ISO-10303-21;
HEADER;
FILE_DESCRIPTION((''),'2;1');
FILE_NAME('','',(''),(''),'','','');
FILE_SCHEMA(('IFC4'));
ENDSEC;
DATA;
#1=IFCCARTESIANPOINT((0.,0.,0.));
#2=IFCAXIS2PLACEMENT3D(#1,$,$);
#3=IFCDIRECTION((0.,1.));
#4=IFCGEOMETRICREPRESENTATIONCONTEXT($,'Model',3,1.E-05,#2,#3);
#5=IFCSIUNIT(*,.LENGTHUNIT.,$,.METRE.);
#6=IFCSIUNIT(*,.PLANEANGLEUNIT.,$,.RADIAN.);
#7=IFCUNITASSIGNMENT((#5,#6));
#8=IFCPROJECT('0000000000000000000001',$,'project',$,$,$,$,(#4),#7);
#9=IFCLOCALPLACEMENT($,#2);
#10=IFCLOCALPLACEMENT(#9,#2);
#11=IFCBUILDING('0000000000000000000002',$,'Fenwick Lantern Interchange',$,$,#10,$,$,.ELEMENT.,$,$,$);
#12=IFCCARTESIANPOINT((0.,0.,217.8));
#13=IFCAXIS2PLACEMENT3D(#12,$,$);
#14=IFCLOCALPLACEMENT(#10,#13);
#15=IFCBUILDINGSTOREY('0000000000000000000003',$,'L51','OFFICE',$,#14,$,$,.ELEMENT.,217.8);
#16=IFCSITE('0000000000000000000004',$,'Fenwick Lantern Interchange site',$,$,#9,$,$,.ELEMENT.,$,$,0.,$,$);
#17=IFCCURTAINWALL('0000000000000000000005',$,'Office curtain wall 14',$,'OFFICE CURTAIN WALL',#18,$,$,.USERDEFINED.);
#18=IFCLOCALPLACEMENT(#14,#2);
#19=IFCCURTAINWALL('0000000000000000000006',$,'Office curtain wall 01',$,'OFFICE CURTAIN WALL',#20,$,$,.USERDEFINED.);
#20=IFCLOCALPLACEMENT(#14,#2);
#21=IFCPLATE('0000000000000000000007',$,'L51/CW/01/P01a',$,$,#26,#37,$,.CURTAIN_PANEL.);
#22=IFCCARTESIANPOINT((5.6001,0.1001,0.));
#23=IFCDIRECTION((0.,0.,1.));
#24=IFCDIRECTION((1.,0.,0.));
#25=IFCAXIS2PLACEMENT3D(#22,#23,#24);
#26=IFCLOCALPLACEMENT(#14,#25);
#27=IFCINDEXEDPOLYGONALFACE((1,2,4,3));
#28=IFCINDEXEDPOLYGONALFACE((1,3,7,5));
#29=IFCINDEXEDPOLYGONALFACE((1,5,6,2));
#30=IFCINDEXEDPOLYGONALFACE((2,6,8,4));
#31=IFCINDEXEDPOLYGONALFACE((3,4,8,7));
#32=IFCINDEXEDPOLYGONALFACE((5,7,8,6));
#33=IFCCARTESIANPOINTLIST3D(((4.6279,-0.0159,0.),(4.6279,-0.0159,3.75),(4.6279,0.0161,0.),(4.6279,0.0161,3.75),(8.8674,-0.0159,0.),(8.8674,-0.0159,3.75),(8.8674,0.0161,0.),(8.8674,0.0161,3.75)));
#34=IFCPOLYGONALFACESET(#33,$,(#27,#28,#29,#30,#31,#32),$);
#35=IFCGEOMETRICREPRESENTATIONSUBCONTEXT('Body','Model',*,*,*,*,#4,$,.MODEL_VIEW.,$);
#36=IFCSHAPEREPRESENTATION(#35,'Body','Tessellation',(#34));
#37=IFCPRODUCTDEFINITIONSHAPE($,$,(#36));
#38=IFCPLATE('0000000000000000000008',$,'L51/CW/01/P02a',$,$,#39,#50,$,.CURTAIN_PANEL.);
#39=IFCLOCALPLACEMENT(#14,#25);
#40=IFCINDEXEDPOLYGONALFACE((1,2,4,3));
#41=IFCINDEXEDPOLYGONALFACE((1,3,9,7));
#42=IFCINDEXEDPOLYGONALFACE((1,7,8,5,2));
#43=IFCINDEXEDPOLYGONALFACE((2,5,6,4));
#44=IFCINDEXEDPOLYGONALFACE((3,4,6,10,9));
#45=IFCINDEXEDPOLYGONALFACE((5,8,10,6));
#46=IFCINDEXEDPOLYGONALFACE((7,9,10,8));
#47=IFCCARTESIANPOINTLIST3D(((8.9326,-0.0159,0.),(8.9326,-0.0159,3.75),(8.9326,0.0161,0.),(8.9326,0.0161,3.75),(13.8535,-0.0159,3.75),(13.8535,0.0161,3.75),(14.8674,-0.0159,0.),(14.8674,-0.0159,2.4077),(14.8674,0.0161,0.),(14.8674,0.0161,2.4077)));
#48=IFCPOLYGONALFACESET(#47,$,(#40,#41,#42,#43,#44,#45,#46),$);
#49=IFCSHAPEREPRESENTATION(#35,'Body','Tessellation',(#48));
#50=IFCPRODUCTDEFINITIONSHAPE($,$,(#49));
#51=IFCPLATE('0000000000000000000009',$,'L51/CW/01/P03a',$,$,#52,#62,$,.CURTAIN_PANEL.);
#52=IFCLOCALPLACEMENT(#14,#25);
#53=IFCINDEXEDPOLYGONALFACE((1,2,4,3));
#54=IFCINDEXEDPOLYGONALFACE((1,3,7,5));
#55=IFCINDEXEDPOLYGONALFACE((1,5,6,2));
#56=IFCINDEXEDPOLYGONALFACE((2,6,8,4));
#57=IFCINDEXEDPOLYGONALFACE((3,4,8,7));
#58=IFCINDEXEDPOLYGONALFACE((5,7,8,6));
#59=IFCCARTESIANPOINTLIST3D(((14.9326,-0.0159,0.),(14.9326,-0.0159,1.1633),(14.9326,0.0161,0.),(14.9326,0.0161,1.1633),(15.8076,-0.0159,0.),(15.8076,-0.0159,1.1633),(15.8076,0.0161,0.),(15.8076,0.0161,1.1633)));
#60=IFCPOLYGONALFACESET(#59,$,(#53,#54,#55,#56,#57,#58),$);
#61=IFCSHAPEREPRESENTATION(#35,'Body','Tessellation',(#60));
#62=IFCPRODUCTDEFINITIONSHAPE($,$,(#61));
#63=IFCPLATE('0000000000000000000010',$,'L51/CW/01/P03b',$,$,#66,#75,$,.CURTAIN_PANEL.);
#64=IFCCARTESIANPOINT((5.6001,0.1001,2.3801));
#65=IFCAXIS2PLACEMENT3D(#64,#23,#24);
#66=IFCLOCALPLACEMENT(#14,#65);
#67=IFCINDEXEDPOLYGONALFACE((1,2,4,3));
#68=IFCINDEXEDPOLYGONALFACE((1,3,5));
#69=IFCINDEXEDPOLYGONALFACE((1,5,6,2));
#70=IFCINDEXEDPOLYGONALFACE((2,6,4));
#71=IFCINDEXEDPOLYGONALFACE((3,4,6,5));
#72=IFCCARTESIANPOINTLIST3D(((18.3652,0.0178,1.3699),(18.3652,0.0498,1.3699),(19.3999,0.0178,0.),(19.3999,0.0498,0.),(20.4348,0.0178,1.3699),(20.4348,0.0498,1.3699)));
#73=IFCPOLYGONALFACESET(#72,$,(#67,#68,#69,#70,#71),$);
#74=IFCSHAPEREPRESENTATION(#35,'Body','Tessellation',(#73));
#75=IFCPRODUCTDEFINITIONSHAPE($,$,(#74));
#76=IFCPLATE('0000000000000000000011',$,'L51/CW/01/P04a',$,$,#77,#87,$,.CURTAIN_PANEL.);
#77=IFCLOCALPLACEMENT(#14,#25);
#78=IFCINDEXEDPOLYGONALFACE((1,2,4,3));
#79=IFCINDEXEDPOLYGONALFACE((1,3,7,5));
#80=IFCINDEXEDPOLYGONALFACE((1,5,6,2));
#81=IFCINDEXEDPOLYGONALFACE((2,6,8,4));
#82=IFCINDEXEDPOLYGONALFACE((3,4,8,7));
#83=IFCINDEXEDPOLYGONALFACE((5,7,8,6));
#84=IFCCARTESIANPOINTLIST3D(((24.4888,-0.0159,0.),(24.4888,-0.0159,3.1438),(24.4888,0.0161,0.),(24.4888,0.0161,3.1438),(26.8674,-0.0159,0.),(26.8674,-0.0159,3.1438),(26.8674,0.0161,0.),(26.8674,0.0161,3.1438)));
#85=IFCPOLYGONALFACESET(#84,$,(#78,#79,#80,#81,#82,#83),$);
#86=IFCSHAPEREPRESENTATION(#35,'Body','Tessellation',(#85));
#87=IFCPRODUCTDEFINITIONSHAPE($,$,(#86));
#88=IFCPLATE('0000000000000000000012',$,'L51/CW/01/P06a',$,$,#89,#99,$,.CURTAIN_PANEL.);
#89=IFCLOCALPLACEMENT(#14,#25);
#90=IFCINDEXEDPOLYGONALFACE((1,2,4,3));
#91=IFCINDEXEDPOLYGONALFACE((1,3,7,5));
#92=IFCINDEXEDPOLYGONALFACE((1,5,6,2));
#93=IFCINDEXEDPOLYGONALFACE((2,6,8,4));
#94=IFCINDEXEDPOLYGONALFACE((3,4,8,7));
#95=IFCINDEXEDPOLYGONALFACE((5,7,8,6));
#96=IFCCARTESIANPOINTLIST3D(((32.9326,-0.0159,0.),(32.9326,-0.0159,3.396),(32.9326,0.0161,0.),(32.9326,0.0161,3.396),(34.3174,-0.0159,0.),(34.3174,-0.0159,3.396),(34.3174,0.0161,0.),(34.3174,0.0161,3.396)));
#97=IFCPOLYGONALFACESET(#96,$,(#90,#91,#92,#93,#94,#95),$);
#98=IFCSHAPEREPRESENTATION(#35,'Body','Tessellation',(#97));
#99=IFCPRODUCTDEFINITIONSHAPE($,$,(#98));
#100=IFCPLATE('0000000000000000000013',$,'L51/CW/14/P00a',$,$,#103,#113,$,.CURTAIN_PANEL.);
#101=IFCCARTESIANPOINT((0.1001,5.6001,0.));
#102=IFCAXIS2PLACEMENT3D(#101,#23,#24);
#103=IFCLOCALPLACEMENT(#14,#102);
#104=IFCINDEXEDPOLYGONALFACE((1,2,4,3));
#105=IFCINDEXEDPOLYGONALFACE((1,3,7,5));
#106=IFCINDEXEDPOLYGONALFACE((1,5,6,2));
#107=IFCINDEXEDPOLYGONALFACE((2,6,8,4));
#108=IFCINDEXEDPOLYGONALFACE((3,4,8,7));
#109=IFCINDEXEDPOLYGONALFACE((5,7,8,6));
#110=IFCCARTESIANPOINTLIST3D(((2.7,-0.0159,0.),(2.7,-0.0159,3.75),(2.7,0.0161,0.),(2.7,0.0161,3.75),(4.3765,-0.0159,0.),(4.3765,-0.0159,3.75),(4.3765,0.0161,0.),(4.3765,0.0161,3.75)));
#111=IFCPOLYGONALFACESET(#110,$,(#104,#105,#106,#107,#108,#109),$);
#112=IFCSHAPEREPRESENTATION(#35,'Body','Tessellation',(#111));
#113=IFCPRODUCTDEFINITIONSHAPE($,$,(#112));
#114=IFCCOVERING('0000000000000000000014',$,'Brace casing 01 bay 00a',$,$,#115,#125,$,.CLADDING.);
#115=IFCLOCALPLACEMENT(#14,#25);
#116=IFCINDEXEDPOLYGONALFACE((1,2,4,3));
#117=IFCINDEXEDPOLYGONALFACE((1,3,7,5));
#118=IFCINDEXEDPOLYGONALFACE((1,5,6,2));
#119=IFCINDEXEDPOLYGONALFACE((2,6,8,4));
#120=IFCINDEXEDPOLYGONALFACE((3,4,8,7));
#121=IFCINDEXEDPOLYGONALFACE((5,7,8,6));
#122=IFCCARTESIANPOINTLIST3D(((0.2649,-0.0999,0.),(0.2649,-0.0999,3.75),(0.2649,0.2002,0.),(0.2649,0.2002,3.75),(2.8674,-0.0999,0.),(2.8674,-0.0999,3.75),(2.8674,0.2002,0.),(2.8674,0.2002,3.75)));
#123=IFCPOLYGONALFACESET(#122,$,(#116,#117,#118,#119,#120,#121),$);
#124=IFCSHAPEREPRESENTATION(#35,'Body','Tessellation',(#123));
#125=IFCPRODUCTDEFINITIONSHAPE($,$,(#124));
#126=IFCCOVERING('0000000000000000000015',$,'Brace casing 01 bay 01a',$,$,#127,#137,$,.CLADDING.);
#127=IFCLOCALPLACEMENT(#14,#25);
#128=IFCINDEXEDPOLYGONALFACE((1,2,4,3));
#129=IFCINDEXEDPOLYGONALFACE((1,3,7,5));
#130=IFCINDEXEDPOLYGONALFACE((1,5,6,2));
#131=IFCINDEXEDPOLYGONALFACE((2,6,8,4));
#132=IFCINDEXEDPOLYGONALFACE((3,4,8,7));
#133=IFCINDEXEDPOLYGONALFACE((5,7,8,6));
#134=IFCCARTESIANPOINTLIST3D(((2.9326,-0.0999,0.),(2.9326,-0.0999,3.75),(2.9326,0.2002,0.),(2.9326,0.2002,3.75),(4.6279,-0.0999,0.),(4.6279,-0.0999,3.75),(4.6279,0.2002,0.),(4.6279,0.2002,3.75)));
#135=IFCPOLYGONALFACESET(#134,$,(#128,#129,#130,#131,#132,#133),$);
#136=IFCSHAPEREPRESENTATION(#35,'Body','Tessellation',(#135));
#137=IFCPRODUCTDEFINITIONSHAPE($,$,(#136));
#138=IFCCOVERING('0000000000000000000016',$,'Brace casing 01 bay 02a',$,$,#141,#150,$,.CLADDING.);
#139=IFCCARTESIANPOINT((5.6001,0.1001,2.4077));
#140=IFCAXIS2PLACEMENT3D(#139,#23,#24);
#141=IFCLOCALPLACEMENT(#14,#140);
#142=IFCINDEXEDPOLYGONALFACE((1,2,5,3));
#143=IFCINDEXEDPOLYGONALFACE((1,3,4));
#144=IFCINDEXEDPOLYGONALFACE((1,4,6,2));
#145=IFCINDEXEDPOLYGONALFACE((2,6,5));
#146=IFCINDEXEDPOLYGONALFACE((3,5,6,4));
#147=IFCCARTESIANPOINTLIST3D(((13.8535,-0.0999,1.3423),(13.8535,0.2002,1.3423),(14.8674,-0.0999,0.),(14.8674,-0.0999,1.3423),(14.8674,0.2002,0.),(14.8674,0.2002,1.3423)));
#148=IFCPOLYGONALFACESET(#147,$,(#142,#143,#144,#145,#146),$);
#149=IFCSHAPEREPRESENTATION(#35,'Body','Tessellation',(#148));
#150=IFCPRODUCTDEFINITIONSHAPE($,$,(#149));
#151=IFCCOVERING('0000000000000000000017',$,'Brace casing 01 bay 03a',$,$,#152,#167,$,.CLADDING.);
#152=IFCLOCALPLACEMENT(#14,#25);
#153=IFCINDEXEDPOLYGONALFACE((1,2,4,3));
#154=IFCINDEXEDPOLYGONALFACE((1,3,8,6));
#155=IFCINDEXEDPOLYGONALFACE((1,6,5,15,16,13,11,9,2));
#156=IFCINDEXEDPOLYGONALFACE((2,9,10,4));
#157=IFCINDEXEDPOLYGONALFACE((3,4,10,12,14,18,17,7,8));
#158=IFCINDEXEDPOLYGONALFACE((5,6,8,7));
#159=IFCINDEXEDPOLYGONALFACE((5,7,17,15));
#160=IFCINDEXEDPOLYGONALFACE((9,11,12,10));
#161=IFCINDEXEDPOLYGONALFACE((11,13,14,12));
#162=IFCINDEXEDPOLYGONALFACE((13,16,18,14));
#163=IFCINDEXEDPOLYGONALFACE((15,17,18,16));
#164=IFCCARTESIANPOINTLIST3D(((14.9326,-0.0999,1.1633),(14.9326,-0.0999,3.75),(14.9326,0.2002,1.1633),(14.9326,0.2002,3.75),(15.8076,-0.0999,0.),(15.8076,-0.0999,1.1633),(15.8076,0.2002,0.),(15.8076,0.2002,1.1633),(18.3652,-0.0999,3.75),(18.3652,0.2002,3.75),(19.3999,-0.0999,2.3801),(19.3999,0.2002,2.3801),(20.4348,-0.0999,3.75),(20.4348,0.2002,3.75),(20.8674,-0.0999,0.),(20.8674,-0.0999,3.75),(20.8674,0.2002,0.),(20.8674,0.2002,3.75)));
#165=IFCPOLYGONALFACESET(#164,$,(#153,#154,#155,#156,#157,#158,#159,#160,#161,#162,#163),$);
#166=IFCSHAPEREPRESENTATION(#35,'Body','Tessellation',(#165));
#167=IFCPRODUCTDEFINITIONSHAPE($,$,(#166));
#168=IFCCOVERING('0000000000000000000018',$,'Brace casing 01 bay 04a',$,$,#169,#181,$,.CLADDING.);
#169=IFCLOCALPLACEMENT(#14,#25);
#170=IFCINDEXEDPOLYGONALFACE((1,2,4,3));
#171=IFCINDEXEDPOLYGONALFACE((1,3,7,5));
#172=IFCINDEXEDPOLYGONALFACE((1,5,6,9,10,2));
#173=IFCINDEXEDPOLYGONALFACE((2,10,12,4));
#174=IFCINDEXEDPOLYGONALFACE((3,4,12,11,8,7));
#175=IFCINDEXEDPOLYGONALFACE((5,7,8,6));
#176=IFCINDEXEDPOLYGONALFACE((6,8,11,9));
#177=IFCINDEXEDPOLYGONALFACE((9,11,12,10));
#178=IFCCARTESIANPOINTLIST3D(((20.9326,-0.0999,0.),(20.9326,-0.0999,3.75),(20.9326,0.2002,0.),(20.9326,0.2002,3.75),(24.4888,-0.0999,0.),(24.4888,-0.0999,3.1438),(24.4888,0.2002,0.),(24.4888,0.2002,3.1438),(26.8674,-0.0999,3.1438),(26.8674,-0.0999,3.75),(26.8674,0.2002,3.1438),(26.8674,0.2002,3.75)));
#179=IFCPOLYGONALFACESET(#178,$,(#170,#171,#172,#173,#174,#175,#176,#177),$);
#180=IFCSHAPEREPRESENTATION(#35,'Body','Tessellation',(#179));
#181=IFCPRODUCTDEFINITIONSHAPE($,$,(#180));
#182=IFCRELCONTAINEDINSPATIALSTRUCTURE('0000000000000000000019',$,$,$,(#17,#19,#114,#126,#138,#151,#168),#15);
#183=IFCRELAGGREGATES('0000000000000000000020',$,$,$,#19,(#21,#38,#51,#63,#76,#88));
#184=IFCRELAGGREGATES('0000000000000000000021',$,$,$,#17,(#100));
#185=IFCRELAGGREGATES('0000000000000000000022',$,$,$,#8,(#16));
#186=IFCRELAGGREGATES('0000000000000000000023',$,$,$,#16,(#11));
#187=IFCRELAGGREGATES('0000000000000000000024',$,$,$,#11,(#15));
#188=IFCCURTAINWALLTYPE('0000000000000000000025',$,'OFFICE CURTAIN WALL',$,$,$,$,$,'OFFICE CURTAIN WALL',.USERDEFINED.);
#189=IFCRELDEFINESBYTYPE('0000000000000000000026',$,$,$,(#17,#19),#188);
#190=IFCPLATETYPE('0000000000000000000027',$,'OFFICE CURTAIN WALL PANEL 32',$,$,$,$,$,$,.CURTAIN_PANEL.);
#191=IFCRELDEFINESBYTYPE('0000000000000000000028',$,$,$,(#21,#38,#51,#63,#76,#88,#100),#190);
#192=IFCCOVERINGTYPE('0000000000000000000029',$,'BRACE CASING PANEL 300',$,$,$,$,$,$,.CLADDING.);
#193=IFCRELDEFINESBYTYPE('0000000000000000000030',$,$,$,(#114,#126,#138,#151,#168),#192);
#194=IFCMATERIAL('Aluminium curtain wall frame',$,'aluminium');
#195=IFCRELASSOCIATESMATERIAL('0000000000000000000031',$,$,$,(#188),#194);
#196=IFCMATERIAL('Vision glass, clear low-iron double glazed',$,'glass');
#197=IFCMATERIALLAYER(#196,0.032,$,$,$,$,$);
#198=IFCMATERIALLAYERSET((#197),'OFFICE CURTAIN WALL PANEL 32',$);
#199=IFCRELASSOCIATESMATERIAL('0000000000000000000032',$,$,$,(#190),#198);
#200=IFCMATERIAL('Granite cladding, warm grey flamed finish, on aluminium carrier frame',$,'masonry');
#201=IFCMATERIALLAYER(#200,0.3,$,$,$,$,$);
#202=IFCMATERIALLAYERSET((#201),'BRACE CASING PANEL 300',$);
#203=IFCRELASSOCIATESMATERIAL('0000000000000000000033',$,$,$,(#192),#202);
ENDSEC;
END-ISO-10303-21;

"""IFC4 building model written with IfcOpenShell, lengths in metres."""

from ifc_helpers import new_model, si_unit, direction, frame, origin, place, context, subcontext, project, spatial, polyline, outline, extrude, material, layer, layer_set, type_object, element, aggregate, save


model = new_model("IFC4")

# Units and contexts
model_context = context("Model", 3, precision=1e-05, world=origin(), true_north=direction((0.0, 1.0)))
body_context = subcontext(model_context, "Body", "Model", "MODEL_VIEW")
ifc_project = project(units=[si_unit("LENGTHUNIT", "METRE"), si_unit("PLANEANGLEUNIT", "RADIAN")], contexts=[model_context])

# Site, building, storey
site_placement = place(None, origin())
site = spatial("IfcSite", under=ifc_project, at=site_placement, Name="Fenwick Lantern Interchange site", CompositionType="ELEMENT", RefElevation=0.0)
building_placement = place(site_placement, origin())
building = spatial("IfcBuilding", under=site, at=building_placement, Name="Fenwick Lantern Interchange", CompositionType="ELEMENT")
storey_placement = place(building_placement, frame((0.0, 0.0, 217.8)))
storey = spatial("IfcBuildingStorey", under=building, at=storey_placement, Name="L51", Description="OFFICE", CompositionType="ELEMENT", Elevation=217.8)

# Shared definitions
ifc_material_1 = material(Name="Aluminium curtain wall frame", Category="aluminium")
curtain_wall_type = type_object("IfcCurtainWallType", Name="OFFICE CURTAIN WALL", ElementType="OFFICE CURTAIN WALL", PredefinedType="USERDEFINED", material=ifc_material_1)

# Curtain wall
curtain_wall_1_placement = place(storey_placement, origin())
curtain_wall_1 = element("IfcCurtainWall", 1, at=curtain_wall_1_placement, inside=storey, type_object=curtain_wall_type, Name="Office curtain wall 14", ObjectType="OFFICE CURTAIN WALL", PredefinedType="USERDEFINED")

# Curtain wall, plates
curtain_wall_2_placement = place(storey_placement, origin())
curtain_wall_2 = element("IfcCurtainWall", 2, at=curtain_wall_2_placement, inside=storey, type_object=curtain_wall_type, Name="Office curtain wall 01", ObjectType="OFFICE CURTAIN WALL", PredefinedType="USERDEFINED")
ifc_material_2 = material(Name="Vision glass, clear low-iron double glazed", Category="glass")
ifc_layer_1 = layer(ifc_material_2, 0.032)
ifc_layer_set_1 = layer_set([ifc_layer_1], Name="OFFICE CURTAIN WALL PANEL 32")
plate_type = type_object("IfcPlateType", Name="OFFICE CURTAIN WALL PANEL 32", PredefinedType="CURTAIN_PANEL", material=ifc_layer_set_1)
plate_1_placement = place(storey_placement, frame((5.6001, 0.1001, 0.0), z_axis=(0.0, 0.0, 1.0), x_axis=(1.0, 0.0, 0.0)))
plate_1 = element("IfcPlate", 3, at=plate_1_placement, type_object=plate_type, Name="L51/CW/01/P01a", PredefinedType="CURTAIN_PANEL", context=body_context, shape_type="SweptSolid", body=[
    extrude(outline(polyline([(4.6279, 0.0), (8.8674, 0.0), (8.8674, 3.75), (4.6279, 3.75), (4.6279, 0.0)])), frame((0.0, 0.0161, 0.0), z_axis=(0.0, -1.0, 0.0), x_axis=(1.0, 0.0, 0.0)), (0.0, 0.0, 1.0), 0.032),
])
plate_2_placement = place(storey_placement, frame((5.6001, 0.1001, 0.0), z_axis=(0.0, 0.0, 1.0), x_axis=(1.0, 0.0, 0.0)))
plate_2 = element("IfcPlate", 4, at=plate_2_placement, type_object=plate_type, Name="L51/CW/01/P02a", PredefinedType="CURTAIN_PANEL", context=body_context, shape_type="SweptSolid", body=[
    extrude(outline(polyline([(8.9326, 0.0), (14.8674, 0.0), (14.8674, 2.4077), (13.8535, 3.75), (8.9326, 3.75), (8.9326, 0.0)])), frame((0.0, 0.0161, 0.0), z_axis=(0.0, -1.0, 0.0), x_axis=(1.0, 0.0, 0.0)), (0.0, 0.0, 1.0), 0.032),
])
plate_3_placement = place(storey_placement, frame((5.6001, 0.1001, 0.0), z_axis=(0.0, 0.0, 1.0), x_axis=(1.0, 0.0, 0.0)))
plate_3 = element("IfcPlate", 5, at=plate_3_placement, type_object=plate_type, Name="L51/CW/01/P03a", PredefinedType="CURTAIN_PANEL", context=body_context, shape_type="SweptSolid", body=[
    extrude(outline(polyline([(14.9326, 0.0), (15.8076, 0.0), (15.8076, 1.1633), (14.9326, 1.1633), (14.9326, 0.0)])), frame((0.0, 0.0161, 0.0), z_axis=(0.0, -1.0, 0.0), x_axis=(1.0, 0.0, 0.0)), (0.0, 0.0, 1.0), 0.032),
])
plate_4_placement = place(storey_placement, frame((5.6001, 0.1001, 2.3801), z_axis=(0.0, 0.0, 1.0), x_axis=(1.0, 0.0, 0.0)))
plate_4 = element("IfcPlate", 6, at=plate_4_placement, type_object=plate_type, Name="L51/CW/01/P03b", PredefinedType="CURTAIN_PANEL", context=body_context, shape_type="SweptSolid", body=[
    extrude(outline(polyline([(19.3999, 0.0), (20.4348, 1.3699), (18.3652, 1.3699), (19.3999, 0.0)])), frame((0.0, 0.0498, 0.0), z_axis=(0.0, -1.0, 0.0), x_axis=(1.0, 0.0, 0.0)), (0.0, 0.0, 1.0), 0.032),
])
plate_5_placement = place(storey_placement, frame((5.6001, 0.1001, 0.0), z_axis=(0.0, 0.0, 1.0), x_axis=(1.0, 0.0, 0.0)))
plate_5 = element("IfcPlate", 7, at=plate_5_placement, type_object=plate_type, Name="L51/CW/01/P04a", PredefinedType="CURTAIN_PANEL", context=body_context, shape_type="SweptSolid", body=[
    extrude(outline(polyline([(24.4888, 0.0), (26.8674, 0.0), (26.8674, 3.1438), (24.4888, 3.1438), (24.4888, 0.0)])), frame((0.0, 0.0161, 0.0), z_axis=(0.0, -1.0, 0.0), x_axis=(1.0, 0.0, 0.0)), (0.0, 0.0, 1.0), 0.032),
])
plate_6_placement = place(storey_placement, frame((5.6001, 0.1001, 0.0), z_axis=(0.0, 0.0, 1.0), x_axis=(1.0, 0.0, 0.0)))
plate_6 = element("IfcPlate", 8, at=plate_6_placement, type_object=plate_type, Name="L51/CW/01/P06a", PredefinedType="CURTAIN_PANEL", context=body_context, shape_type="SweptSolid", body=[
    extrude(outline(polyline([(32.9326, 0.0), (34.3174, 0.0), (34.3174, 3.396), (32.9326, 3.396), (32.9326, 0.0)])), frame((0.0, 0.0161, 0.0), z_axis=(0.0, -1.0, 0.0), x_axis=(1.0, 0.0, 0.0)), (0.0, 0.0, 1.0), 0.032),
])
aggregate(curtain_wall_2, [plate_1, plate_2, plate_3, plate_4, plate_5, plate_6])

# Plate
plate_7_placement = place(storey_placement, frame((0.1001, 5.6001, 0.0), z_axis=(0.0, 0.0, 1.0), x_axis=(1.0, 0.0, 0.0)))
plate_7 = element("IfcPlate", 9, at=plate_7_placement, type_object=plate_type, Name="L51/CW/14/P00a", PredefinedType="CURTAIN_PANEL", context=body_context, shape_type="SweptSolid", body=[
    extrude(outline(polyline([(2.7, 0.0), (4.3765, 0.0), (4.3765, 3.75), (2.7, 3.75), (2.7, 0.0)])), frame((0.0, 0.0161, 0.0), z_axis=(0.0, -1.0, 0.0), x_axis=(1.0, 0.0, 0.0)), (0.0, 0.0, 1.0), 0.032),
])
aggregate(curtain_wall_1, [plate_7])

# Coverings
ifc_material_3 = material(Name="Granite cladding, warm grey flamed finish, on aluminium carrier frame", Category="masonry")
ifc_layer_2 = layer(ifc_material_3, 0.3)
ifc_layer_set_2 = layer_set([ifc_layer_2], Name="BRACE CASING PANEL 300")
covering_type_1 = type_object("IfcCoveringType", Name="BRACE CASING PANEL 300", PredefinedType="CLADDING", material=ifc_layer_set_2)
covering_1_placement = place(storey_placement, frame((5.6001, 0.1001, 0.0), z_axis=(0.0, 0.0, 1.0), x_axis=(1.0, 0.0, 0.0)))
element("IfcCovering", 10, at=covering_1_placement, inside=storey, type_object=covering_type_1, Name="Brace casing 01 bay 00a", PredefinedType="CLADDING", context=body_context, shape_type="SweptSolid", body=[
    extrude(outline(polyline([(0.2649, 0.0), (2.8674, 0.0), (2.8674, 3.75), (0.2649, 3.75), (0.2649, 0.0)])), frame((0.0, 0.2002, 0.0), z_axis=(0.0, -1.0, 0.0), x_axis=(1.0, 0.0, 0.0)), (0.0, 0.0, 1.0), 0.3),
])
covering_2_placement = place(storey_placement, frame((5.6001, 0.1001, 0.0), z_axis=(0.0, 0.0, 1.0), x_axis=(1.0, 0.0, 0.0)))
element("IfcCovering", 11, at=covering_2_placement, inside=storey, type_object=covering_type_1, Name="Brace casing 01 bay 01a", PredefinedType="CLADDING", context=body_context, shape_type="SweptSolid", body=[
    extrude(outline(polyline([(2.9326, 0.0), (4.6279, 0.0), (4.6279, 3.75), (2.9326, 3.75), (2.9326, 0.0)])), frame((0.0, 0.2002, 0.0), z_axis=(0.0, -1.0, 0.0), x_axis=(1.0, 0.0, 0.0)), (0.0, 0.0, 1.0), 0.3),
])
covering_3_placement = place(storey_placement, frame((5.6001, 0.1001, 2.4077), z_axis=(0.0, 0.0, 1.0), x_axis=(1.0, 0.0, 0.0)))
element("IfcCovering", 12, at=covering_3_placement, inside=storey, type_object=covering_type_1, Name="Brace casing 01 bay 02a", PredefinedType="CLADDING", context=body_context, shape_type="SweptSolid", body=[
    extrude(outline(polyline([(14.8674, 0.0), (14.8674, 1.3423), (13.8535, 1.3423), (14.8674, 0.0)])), frame((0.0, 0.2002, 0.0), z_axis=(0.0, -1.0, 0.0), x_axis=(1.0, 0.0, 0.0)), (0.0, 0.0, 1.0), 0.3),
])
covering_4_placement = place(storey_placement, frame((5.6001, 0.1001, 0.0), z_axis=(0.0, 0.0, 1.0), x_axis=(1.0, 0.0, 0.0)))
element("IfcCovering", 13, at=covering_4_placement, inside=storey, type_object=covering_type_1, Name="Brace casing 01 bay 03a", PredefinedType="CLADDING", context=body_context, shape_type="SweptSolid", body=[
    extrude(outline(polyline([(15.8076, 0.0), (20.8674, 0.0), (20.8674, 3.75), (20.4348, 3.75), (19.3999, 2.3801), (18.3652, 3.75), (14.9326, 3.75), (14.9326, 1.1633), (15.8076, 1.1633), (15.8076, 0.0)])), frame((0.0, 0.2002, 0.0), z_axis=(0.0, -1.0, 0.0), x_axis=(1.0, 0.0, 0.0)), (0.0, 0.0, 1.0), 0.3),
])
covering_5_placement = place(storey_placement, frame((5.6001, 0.1001, 0.0), z_axis=(0.0, 0.0, 1.0), x_axis=(1.0, 0.0, 0.0)))
element("IfcCovering", 14, at=covering_5_placement, inside=storey, type_object=covering_type_1, Name="Brace casing 01 bay 04a", PredefinedType="CLADDING", context=body_context, shape_type="SweptSolid", body=[
    extrude(outline(polyline([(20.9326, 0.0), (24.4888, 0.0), (24.4888, 3.1438), (26.8674, 3.1438), (26.8674, 3.75), (20.9326, 3.75), (20.9326, 0.0)])), frame((0.0, 0.2002, 0.0), z_axis=(0.0, -1.0, 0.0), x_axis=(1.0, 0.0, 0.0)), (0.0, 0.0, 1.0), 0.3),
])

save(model, "model.ifc")
